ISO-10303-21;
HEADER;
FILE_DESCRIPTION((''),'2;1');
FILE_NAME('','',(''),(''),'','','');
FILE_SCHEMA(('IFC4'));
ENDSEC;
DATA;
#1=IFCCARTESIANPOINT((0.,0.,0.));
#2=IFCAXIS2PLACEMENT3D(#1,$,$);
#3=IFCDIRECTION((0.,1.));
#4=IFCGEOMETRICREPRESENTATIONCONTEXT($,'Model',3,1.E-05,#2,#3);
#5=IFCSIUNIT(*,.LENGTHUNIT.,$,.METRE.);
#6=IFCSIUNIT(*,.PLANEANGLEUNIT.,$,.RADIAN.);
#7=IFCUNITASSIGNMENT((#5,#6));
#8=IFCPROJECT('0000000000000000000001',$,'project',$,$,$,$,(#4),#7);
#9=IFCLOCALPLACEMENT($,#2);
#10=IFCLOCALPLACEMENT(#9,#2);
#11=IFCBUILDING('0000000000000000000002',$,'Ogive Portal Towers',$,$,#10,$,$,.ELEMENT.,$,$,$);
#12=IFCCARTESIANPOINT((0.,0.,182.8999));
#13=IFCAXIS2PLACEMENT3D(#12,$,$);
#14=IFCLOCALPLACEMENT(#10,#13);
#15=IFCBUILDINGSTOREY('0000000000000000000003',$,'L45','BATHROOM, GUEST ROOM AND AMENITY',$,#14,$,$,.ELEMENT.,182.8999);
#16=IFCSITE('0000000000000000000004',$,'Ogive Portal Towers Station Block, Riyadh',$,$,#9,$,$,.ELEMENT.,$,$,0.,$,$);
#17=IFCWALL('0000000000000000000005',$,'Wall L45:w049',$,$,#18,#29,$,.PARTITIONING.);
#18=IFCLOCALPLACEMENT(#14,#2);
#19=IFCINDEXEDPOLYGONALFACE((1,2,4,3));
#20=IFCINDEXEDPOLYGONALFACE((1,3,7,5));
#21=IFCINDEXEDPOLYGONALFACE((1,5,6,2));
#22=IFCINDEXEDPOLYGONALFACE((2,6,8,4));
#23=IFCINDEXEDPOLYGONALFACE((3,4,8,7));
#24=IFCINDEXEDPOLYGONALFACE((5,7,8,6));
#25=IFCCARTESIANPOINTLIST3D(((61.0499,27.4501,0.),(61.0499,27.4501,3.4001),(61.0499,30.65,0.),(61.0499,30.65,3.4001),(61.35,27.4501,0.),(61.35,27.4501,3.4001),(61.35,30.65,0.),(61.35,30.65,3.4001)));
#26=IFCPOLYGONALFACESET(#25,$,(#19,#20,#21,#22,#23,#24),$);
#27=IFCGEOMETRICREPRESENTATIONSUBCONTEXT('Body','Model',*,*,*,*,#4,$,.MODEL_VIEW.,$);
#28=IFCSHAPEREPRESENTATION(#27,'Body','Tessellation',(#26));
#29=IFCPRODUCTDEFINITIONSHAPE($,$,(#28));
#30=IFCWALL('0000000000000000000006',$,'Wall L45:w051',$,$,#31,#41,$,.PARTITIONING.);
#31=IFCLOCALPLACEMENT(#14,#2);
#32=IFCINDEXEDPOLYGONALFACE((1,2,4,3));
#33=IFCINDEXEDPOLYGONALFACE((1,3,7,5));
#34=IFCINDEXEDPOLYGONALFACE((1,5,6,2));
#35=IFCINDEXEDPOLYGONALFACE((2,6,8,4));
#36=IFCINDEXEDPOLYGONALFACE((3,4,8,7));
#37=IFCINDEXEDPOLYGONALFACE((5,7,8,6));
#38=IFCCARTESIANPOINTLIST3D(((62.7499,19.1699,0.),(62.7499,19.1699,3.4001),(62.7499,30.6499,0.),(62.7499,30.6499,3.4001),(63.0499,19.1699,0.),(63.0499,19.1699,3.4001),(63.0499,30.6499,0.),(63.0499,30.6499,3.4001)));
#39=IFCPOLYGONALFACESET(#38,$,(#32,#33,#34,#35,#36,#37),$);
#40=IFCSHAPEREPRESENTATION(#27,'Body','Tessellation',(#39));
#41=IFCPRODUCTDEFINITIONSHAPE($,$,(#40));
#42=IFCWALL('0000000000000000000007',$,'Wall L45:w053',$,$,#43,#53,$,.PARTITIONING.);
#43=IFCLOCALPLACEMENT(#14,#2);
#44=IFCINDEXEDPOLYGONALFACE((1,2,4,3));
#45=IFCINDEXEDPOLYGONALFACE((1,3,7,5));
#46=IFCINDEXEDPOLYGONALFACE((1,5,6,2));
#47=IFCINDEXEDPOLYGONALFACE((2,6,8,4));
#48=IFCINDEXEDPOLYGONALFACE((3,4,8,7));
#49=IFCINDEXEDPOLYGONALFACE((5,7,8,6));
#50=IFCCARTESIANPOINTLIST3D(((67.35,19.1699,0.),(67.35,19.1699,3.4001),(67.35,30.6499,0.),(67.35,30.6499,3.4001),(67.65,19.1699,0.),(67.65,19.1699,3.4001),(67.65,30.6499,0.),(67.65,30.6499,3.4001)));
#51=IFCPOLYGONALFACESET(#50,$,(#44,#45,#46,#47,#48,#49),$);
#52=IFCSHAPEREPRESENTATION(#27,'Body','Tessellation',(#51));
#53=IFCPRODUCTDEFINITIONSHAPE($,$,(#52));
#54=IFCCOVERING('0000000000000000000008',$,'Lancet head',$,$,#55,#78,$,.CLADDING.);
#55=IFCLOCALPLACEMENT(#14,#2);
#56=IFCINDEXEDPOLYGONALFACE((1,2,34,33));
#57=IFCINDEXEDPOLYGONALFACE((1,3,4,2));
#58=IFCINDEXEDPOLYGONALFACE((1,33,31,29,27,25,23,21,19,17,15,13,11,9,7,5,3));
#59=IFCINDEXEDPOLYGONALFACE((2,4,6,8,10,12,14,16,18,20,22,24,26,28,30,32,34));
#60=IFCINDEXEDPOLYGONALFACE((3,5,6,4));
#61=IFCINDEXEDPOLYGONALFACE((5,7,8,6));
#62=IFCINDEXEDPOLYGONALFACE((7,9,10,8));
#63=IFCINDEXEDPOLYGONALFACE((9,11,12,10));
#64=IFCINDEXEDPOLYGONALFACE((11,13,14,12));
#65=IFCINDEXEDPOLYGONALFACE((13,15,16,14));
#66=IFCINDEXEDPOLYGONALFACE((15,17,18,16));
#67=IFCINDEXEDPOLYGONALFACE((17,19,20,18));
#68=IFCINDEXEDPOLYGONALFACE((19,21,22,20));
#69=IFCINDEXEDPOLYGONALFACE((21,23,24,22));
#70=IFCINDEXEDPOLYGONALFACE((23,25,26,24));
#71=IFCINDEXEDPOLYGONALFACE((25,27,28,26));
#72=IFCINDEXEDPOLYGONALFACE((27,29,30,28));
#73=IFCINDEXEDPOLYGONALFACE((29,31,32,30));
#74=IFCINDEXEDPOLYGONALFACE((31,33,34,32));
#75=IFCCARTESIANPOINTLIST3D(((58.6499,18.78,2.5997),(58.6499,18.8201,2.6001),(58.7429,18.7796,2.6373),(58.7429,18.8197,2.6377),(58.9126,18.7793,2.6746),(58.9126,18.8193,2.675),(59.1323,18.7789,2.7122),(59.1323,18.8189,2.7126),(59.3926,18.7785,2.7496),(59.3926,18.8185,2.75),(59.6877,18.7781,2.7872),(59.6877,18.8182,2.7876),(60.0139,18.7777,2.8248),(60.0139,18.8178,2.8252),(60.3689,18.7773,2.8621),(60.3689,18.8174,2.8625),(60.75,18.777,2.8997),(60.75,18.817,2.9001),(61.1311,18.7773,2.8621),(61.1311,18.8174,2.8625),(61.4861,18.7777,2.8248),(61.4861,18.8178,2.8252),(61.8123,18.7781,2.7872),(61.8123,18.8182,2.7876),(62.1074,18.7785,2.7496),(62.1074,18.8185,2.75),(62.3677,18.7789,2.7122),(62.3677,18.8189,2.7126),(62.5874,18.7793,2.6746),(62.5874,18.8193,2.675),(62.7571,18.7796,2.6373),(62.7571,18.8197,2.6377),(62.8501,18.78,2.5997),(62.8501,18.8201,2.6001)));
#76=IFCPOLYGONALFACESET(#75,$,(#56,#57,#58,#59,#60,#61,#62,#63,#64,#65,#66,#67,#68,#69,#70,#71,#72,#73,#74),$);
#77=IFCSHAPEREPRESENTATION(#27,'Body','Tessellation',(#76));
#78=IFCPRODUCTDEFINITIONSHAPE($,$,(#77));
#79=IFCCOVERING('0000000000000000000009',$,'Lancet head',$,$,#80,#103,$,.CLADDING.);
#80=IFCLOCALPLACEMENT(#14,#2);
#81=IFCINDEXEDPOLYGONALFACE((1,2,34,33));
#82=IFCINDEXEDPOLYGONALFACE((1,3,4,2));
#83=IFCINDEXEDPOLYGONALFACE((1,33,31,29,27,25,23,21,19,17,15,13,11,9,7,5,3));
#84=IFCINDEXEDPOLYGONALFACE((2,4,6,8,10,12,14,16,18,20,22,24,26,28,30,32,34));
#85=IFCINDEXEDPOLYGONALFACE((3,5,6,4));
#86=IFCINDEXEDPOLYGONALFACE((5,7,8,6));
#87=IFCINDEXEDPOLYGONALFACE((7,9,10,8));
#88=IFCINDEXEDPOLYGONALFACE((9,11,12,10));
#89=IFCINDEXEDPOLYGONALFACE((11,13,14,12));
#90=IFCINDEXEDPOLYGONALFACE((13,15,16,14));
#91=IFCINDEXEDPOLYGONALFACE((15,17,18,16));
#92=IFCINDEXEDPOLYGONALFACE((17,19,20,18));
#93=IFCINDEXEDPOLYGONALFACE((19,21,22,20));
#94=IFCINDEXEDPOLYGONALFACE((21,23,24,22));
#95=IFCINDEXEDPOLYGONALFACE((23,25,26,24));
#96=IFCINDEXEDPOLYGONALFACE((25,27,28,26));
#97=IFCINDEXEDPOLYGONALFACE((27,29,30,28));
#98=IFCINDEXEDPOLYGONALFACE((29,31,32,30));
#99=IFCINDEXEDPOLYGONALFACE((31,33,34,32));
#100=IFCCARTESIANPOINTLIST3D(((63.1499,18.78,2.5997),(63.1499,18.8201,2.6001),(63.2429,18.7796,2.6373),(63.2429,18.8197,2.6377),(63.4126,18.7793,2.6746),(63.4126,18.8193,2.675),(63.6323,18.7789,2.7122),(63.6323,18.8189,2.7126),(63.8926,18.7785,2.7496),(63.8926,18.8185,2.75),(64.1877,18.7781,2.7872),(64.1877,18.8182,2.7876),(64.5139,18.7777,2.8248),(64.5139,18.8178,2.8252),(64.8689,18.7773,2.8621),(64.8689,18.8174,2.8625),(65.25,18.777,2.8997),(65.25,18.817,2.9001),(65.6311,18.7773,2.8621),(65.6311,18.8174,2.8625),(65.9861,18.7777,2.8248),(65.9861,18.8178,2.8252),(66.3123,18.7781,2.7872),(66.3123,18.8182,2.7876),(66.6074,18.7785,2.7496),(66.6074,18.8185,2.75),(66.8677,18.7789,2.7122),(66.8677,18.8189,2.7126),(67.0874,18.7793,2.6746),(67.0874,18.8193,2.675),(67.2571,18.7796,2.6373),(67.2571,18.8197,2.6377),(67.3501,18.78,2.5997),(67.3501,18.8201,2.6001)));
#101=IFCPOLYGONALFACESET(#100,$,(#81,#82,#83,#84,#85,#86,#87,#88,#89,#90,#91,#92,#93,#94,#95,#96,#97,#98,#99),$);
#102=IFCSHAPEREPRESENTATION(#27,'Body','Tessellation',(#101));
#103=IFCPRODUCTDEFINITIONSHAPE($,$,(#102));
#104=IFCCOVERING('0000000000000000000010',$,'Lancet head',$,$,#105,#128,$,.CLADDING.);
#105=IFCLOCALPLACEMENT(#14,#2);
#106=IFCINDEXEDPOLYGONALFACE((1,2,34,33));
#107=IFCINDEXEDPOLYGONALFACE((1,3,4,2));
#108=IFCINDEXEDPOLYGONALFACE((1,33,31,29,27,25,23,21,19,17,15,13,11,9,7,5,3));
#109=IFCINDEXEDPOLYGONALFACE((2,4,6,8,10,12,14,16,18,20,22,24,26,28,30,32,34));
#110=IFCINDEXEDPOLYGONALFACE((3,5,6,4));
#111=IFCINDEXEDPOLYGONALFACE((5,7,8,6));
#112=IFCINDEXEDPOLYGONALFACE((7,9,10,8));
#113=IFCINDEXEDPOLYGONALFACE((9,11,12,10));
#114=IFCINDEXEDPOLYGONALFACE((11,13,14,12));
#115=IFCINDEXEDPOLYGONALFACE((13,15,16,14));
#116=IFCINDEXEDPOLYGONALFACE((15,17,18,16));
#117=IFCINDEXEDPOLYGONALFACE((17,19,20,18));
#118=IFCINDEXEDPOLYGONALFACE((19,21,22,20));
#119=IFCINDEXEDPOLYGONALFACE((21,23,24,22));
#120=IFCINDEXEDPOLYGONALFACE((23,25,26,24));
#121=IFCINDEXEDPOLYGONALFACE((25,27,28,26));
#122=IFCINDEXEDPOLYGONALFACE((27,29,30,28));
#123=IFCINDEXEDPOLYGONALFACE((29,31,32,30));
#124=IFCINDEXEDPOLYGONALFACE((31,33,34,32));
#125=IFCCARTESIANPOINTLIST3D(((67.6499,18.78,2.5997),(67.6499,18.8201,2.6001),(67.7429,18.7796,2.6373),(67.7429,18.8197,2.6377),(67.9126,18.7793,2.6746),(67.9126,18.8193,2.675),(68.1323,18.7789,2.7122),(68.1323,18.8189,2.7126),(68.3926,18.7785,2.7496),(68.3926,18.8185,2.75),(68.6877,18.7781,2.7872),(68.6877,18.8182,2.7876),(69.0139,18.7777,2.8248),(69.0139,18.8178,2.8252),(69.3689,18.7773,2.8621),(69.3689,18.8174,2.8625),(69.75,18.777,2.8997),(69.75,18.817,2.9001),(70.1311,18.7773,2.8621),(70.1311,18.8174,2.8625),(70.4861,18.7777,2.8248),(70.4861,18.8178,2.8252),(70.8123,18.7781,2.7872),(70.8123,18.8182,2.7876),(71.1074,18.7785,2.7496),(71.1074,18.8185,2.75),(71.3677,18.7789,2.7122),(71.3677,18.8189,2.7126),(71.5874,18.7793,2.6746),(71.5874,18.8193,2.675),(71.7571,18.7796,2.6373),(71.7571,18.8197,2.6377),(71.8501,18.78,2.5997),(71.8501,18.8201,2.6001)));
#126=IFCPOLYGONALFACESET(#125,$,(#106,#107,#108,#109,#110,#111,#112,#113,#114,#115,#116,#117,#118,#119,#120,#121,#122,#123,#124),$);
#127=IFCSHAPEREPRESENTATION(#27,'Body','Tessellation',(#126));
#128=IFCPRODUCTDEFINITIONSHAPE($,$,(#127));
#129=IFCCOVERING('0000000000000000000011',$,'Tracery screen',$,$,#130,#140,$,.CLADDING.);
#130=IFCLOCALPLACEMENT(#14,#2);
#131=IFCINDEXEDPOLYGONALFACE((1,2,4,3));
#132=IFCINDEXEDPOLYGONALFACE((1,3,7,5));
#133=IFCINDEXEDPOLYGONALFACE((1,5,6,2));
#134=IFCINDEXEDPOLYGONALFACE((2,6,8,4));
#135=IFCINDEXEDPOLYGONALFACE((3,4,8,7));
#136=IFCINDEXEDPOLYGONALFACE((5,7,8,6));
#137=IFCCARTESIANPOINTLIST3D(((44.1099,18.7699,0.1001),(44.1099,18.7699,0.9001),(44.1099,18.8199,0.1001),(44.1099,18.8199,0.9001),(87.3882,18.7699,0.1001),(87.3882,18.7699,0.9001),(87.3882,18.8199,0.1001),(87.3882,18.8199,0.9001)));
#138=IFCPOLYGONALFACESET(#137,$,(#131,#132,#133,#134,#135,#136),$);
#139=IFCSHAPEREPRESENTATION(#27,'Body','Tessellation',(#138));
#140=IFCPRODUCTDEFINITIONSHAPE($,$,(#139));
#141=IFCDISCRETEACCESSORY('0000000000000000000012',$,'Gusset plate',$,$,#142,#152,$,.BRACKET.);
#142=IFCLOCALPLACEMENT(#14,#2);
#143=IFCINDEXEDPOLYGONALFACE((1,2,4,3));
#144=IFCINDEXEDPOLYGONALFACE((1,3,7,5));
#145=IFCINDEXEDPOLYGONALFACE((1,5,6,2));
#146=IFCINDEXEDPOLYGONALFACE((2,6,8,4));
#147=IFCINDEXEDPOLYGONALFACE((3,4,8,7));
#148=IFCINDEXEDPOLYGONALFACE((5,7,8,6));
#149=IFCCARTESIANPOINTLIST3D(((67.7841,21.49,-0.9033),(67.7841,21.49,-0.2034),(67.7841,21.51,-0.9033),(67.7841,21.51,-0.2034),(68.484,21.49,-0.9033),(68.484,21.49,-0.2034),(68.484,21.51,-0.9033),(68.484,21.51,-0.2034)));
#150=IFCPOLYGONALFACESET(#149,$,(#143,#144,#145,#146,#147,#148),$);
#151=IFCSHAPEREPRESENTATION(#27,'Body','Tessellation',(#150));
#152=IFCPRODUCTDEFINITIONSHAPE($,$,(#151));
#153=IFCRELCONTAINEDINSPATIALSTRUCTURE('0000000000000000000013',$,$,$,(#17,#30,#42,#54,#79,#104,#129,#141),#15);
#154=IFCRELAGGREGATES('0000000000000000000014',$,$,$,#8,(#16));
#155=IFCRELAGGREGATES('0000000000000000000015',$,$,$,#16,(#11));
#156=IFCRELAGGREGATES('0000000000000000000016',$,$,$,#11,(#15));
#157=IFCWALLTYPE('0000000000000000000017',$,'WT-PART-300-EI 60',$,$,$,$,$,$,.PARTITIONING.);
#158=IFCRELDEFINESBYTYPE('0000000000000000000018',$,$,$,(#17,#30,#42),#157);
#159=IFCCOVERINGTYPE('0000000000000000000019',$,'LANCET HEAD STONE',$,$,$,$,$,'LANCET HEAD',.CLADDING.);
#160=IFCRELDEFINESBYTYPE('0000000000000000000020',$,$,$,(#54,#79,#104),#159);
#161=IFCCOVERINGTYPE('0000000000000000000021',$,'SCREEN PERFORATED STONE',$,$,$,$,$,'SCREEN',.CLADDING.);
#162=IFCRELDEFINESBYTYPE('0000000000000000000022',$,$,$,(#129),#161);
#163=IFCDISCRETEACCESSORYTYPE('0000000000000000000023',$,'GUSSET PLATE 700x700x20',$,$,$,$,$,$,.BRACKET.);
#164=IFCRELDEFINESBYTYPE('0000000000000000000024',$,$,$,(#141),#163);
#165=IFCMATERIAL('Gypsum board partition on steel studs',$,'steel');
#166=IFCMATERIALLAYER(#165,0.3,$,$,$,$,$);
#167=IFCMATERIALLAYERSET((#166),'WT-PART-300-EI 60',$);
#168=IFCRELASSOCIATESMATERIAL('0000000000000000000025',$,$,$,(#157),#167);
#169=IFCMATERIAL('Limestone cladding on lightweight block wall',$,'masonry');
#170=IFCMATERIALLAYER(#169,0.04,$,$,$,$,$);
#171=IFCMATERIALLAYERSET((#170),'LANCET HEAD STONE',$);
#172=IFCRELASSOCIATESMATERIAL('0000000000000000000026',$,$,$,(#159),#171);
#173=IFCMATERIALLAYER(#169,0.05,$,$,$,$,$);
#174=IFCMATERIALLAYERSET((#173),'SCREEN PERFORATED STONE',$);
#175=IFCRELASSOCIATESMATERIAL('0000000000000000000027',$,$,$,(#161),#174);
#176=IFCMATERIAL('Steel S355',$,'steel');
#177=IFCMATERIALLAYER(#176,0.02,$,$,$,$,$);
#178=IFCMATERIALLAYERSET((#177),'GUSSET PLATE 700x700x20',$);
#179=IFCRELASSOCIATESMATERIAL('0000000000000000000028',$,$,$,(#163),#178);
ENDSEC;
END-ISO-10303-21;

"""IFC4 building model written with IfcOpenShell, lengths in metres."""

from ifc_helpers import new_model, si_unit, direction, frame, frame_2d, origin, origin_2d, place, context, subcontext, project, spatial, polyline, rectangle, outline, extrude, material, layer, layer_set, type_object, element, save


model = new_model("IFC4")

# Units and contexts
model_context = context("Model", 3, precision=1e-05, world=origin(), true_north=direction((0.0, 1.0)))
body_context = subcontext(model_context, "Body", "Model", "MODEL_VIEW")
ifc_project = project(units=[si_unit("LENGTHUNIT", "METRE"), si_unit("PLANEANGLEUNIT", "RADIAN")], contexts=[model_context])

# Site, building, storey
site_placement = place(None, origin())
site = spatial("IfcSite", under=ifc_project, at=site_placement, Name="Ogive Portal Towers Station Block, Riyadh", CompositionType="ELEMENT", RefElevation=0.0)
building_placement = place(site_placement, origin())
building = spatial("IfcBuilding", under=site, at=building_placement, Name="Ogive Portal Towers", CompositionType="ELEMENT")
storey_placement = place(building_placement, frame((0.0, 0.0, 182.8999)))
storey = spatial("IfcBuildingStorey", under=building, at=storey_placement, Name="L45", Description="BATHROOM, GUEST ROOM AND AMENITY", CompositionType="ELEMENT", Elevation=182.8999)

# Shared definitions
ifc_material_1 = material(Name="Steel S355", Category="steel")

# Shared definitions
ifc_material_2 = material(Name="Gypsum board partition on steel studs", Category="steel")
ifc_layer_1 = layer(ifc_material_2, 0.3)
ifc_layer_set_1 = layer_set([ifc_layer_1], Name="WT-PART-300-EI 60")
wall_type_1 = type_object("IfcWallType", Name="WT-PART-300-EI 60", PredefinedType="PARTITIONING", material=ifc_layer_set_1)

# Walls
wall_1_placement = place(storey_placement, frame((61.2, 27.45, 0.0), z_axis=(0.0, 0.0, 1.0), x_axis=(0.0, 1.0, 0.0)))
element("IfcWall", 1, at=wall_1_placement, inside=storey, type_object=wall_type_1, Name="Wall L45:w049", PredefinedType="PARTITIONING", context=body_context, shape_type="SweptSolid", body=[
    extrude(rectangle(XDim=3.2, YDim=0.3, at=frame_2d((1.6001, 0.0))), origin(), (0.0, 0.0, 1.0), 3.4001),
])
for number, where, z_axis, x_axis, name in (
    (2, (62.8999, 19.1699, 0.0), (0.0, 0.0, 1.0), (0.0, 1.0, 0.0), "Wall L45:w051"),
    (3, (67.5, 19.1699, 0.0), (0.0, 0.0, 1.0), (0.0, 1.0, 0.0), "Wall L45:w053"),
):
    element("IfcWall", number, at=place(storey_placement, frame(where, z_axis=z_axis, x_axis=x_axis)), inside=storey, type_object=wall_type_1, Name=name, PredefinedType="PARTITIONING", context=body_context, shape_type="SweptSolid", body=[
        extrude(rectangle(XDim=11.48, YDim=0.3, at=frame_2d((5.74, 0.0))), origin(), (0.0, 0.0, 1.0), 3.4001),
    ])

# Coverings
ifc_material_3 = material(Name="Limestone cladding on lightweight block wall", Category="masonry")
ifc_layer_2 = layer(ifc_material_3, 0.04)
ifc_layer_set_2 = layer_set([ifc_layer_2], Name="LANCET HEAD STONE")
covering_type_1 = type_object("IfcCoveringType", Name="LANCET HEAD STONE", ElementType="LANCET HEAD", PredefinedType="CLADDING", material=ifc_layer_set_2)
for number, where, z_axis, x_axis, name in (
    (4, (58.6499, 18.8201, 2.6001), (0.0, 0.999948, 0.010228), (1.0, 0.0, 0.0), "Lancet head"),
    (5, (63.1499, 18.8201, 2.6001), (0.0, 0.999948, 0.010228), (1.0, 0.0, 0.0), "Lancet head"),
    (6, (67.6499, 18.8201, 2.6001), (0.0, 0.999948, 0.010228), (1.0, 0.0, 0.0), "Lancet head"),
):
    element("IfcCovering", number, at=place(storey_placement, frame(where, z_axis=z_axis, x_axis=x_axis)), inside=storey, type_object=covering_type_1, Name=name, PredefinedType="CLADDING", context=body_context, shape_type="SweptSolid", body=[
        extrude(outline(polyline([(0.0, 0.0), (4.2002, 0.0), (4.1072, -0.0376), (3.9375, -0.075), (3.7178, -0.1126), (3.4575, -0.1499), (3.1624, -0.1875), (2.8362, -0.2251), (2.4812, -0.2625), (2.1001, -0.3001), (1.719, -0.2625), (1.364, -0.2251), (1.0378, -0.1875), (0.7427, -0.1499), (0.4824, -0.1126), (0.2627, -0.075), (0.093, -0.0376), (0.0, 0.0)])), origin(), (0.0, 0.0, -1.0), 0.04),
    ])
ifc_layer_3 = layer(ifc_material_3, 0.05)
ifc_layer_set_3 = layer_set([ifc_layer_3], Name="SCREEN PERFORATED STONE")
covering_type_2 = type_object("IfcCoveringType", Name="SCREEN PERFORATED STONE", ElementType="SCREEN", PredefinedType="CLADDING", material=ifc_layer_set_3)
covering_placement = place(storey_placement, frame((65.749, 18.7949, 0.1001), z_axis=(0.0, 0.0, 1.0), x_axis=(1.0, 0.0, 0.0)))
element("IfcCovering", 7, at=covering_placement, inside=storey, type_object=covering_type_2, Name="Tracery screen", PredefinedType="CLADDING", context=body_context, shape_type="SweptSolid", body=[
    extrude(rectangle(XDim=43.2783, YDim=0.05, at=origin_2d()), origin(), (0.0, 0.0, 1.0), 0.8),
])

# Discrete accessory
ifc_layer_4 = layer(ifc_material_1, 0.02)
ifc_layer_set_4 = layer_set([ifc_layer_4], Name="GUSSET PLATE 700x700x20")
discrete_accessory_type = type_object("IfcDiscreteAccessoryType", Name="GUSSET PLATE 700x700x20", PredefinedType="BRACKET", material=ifc_layer_set_4)
discrete_accessory_placement = place(storey_placement, frame((68.134, 21.5, -0.9033), z_axis=(0.0, 0.0, 1.0), x_axis=(1.0, 0.0, 0.0)))
element("IfcDiscreteAccessory", 8, at=discrete_accessory_placement, inside=storey, type_object=discrete_accessory_type, Name="Gusset plate", PredefinedType="BRACKET", context=body_context, shape_type="SweptSolid", body=[
    extrude(rectangle(XDim=0.7, YDim=0.02, at=origin_2d()), origin(), (0.0, 0.0, 1.0), 0.7),
])

save(model, "model.ifc")
